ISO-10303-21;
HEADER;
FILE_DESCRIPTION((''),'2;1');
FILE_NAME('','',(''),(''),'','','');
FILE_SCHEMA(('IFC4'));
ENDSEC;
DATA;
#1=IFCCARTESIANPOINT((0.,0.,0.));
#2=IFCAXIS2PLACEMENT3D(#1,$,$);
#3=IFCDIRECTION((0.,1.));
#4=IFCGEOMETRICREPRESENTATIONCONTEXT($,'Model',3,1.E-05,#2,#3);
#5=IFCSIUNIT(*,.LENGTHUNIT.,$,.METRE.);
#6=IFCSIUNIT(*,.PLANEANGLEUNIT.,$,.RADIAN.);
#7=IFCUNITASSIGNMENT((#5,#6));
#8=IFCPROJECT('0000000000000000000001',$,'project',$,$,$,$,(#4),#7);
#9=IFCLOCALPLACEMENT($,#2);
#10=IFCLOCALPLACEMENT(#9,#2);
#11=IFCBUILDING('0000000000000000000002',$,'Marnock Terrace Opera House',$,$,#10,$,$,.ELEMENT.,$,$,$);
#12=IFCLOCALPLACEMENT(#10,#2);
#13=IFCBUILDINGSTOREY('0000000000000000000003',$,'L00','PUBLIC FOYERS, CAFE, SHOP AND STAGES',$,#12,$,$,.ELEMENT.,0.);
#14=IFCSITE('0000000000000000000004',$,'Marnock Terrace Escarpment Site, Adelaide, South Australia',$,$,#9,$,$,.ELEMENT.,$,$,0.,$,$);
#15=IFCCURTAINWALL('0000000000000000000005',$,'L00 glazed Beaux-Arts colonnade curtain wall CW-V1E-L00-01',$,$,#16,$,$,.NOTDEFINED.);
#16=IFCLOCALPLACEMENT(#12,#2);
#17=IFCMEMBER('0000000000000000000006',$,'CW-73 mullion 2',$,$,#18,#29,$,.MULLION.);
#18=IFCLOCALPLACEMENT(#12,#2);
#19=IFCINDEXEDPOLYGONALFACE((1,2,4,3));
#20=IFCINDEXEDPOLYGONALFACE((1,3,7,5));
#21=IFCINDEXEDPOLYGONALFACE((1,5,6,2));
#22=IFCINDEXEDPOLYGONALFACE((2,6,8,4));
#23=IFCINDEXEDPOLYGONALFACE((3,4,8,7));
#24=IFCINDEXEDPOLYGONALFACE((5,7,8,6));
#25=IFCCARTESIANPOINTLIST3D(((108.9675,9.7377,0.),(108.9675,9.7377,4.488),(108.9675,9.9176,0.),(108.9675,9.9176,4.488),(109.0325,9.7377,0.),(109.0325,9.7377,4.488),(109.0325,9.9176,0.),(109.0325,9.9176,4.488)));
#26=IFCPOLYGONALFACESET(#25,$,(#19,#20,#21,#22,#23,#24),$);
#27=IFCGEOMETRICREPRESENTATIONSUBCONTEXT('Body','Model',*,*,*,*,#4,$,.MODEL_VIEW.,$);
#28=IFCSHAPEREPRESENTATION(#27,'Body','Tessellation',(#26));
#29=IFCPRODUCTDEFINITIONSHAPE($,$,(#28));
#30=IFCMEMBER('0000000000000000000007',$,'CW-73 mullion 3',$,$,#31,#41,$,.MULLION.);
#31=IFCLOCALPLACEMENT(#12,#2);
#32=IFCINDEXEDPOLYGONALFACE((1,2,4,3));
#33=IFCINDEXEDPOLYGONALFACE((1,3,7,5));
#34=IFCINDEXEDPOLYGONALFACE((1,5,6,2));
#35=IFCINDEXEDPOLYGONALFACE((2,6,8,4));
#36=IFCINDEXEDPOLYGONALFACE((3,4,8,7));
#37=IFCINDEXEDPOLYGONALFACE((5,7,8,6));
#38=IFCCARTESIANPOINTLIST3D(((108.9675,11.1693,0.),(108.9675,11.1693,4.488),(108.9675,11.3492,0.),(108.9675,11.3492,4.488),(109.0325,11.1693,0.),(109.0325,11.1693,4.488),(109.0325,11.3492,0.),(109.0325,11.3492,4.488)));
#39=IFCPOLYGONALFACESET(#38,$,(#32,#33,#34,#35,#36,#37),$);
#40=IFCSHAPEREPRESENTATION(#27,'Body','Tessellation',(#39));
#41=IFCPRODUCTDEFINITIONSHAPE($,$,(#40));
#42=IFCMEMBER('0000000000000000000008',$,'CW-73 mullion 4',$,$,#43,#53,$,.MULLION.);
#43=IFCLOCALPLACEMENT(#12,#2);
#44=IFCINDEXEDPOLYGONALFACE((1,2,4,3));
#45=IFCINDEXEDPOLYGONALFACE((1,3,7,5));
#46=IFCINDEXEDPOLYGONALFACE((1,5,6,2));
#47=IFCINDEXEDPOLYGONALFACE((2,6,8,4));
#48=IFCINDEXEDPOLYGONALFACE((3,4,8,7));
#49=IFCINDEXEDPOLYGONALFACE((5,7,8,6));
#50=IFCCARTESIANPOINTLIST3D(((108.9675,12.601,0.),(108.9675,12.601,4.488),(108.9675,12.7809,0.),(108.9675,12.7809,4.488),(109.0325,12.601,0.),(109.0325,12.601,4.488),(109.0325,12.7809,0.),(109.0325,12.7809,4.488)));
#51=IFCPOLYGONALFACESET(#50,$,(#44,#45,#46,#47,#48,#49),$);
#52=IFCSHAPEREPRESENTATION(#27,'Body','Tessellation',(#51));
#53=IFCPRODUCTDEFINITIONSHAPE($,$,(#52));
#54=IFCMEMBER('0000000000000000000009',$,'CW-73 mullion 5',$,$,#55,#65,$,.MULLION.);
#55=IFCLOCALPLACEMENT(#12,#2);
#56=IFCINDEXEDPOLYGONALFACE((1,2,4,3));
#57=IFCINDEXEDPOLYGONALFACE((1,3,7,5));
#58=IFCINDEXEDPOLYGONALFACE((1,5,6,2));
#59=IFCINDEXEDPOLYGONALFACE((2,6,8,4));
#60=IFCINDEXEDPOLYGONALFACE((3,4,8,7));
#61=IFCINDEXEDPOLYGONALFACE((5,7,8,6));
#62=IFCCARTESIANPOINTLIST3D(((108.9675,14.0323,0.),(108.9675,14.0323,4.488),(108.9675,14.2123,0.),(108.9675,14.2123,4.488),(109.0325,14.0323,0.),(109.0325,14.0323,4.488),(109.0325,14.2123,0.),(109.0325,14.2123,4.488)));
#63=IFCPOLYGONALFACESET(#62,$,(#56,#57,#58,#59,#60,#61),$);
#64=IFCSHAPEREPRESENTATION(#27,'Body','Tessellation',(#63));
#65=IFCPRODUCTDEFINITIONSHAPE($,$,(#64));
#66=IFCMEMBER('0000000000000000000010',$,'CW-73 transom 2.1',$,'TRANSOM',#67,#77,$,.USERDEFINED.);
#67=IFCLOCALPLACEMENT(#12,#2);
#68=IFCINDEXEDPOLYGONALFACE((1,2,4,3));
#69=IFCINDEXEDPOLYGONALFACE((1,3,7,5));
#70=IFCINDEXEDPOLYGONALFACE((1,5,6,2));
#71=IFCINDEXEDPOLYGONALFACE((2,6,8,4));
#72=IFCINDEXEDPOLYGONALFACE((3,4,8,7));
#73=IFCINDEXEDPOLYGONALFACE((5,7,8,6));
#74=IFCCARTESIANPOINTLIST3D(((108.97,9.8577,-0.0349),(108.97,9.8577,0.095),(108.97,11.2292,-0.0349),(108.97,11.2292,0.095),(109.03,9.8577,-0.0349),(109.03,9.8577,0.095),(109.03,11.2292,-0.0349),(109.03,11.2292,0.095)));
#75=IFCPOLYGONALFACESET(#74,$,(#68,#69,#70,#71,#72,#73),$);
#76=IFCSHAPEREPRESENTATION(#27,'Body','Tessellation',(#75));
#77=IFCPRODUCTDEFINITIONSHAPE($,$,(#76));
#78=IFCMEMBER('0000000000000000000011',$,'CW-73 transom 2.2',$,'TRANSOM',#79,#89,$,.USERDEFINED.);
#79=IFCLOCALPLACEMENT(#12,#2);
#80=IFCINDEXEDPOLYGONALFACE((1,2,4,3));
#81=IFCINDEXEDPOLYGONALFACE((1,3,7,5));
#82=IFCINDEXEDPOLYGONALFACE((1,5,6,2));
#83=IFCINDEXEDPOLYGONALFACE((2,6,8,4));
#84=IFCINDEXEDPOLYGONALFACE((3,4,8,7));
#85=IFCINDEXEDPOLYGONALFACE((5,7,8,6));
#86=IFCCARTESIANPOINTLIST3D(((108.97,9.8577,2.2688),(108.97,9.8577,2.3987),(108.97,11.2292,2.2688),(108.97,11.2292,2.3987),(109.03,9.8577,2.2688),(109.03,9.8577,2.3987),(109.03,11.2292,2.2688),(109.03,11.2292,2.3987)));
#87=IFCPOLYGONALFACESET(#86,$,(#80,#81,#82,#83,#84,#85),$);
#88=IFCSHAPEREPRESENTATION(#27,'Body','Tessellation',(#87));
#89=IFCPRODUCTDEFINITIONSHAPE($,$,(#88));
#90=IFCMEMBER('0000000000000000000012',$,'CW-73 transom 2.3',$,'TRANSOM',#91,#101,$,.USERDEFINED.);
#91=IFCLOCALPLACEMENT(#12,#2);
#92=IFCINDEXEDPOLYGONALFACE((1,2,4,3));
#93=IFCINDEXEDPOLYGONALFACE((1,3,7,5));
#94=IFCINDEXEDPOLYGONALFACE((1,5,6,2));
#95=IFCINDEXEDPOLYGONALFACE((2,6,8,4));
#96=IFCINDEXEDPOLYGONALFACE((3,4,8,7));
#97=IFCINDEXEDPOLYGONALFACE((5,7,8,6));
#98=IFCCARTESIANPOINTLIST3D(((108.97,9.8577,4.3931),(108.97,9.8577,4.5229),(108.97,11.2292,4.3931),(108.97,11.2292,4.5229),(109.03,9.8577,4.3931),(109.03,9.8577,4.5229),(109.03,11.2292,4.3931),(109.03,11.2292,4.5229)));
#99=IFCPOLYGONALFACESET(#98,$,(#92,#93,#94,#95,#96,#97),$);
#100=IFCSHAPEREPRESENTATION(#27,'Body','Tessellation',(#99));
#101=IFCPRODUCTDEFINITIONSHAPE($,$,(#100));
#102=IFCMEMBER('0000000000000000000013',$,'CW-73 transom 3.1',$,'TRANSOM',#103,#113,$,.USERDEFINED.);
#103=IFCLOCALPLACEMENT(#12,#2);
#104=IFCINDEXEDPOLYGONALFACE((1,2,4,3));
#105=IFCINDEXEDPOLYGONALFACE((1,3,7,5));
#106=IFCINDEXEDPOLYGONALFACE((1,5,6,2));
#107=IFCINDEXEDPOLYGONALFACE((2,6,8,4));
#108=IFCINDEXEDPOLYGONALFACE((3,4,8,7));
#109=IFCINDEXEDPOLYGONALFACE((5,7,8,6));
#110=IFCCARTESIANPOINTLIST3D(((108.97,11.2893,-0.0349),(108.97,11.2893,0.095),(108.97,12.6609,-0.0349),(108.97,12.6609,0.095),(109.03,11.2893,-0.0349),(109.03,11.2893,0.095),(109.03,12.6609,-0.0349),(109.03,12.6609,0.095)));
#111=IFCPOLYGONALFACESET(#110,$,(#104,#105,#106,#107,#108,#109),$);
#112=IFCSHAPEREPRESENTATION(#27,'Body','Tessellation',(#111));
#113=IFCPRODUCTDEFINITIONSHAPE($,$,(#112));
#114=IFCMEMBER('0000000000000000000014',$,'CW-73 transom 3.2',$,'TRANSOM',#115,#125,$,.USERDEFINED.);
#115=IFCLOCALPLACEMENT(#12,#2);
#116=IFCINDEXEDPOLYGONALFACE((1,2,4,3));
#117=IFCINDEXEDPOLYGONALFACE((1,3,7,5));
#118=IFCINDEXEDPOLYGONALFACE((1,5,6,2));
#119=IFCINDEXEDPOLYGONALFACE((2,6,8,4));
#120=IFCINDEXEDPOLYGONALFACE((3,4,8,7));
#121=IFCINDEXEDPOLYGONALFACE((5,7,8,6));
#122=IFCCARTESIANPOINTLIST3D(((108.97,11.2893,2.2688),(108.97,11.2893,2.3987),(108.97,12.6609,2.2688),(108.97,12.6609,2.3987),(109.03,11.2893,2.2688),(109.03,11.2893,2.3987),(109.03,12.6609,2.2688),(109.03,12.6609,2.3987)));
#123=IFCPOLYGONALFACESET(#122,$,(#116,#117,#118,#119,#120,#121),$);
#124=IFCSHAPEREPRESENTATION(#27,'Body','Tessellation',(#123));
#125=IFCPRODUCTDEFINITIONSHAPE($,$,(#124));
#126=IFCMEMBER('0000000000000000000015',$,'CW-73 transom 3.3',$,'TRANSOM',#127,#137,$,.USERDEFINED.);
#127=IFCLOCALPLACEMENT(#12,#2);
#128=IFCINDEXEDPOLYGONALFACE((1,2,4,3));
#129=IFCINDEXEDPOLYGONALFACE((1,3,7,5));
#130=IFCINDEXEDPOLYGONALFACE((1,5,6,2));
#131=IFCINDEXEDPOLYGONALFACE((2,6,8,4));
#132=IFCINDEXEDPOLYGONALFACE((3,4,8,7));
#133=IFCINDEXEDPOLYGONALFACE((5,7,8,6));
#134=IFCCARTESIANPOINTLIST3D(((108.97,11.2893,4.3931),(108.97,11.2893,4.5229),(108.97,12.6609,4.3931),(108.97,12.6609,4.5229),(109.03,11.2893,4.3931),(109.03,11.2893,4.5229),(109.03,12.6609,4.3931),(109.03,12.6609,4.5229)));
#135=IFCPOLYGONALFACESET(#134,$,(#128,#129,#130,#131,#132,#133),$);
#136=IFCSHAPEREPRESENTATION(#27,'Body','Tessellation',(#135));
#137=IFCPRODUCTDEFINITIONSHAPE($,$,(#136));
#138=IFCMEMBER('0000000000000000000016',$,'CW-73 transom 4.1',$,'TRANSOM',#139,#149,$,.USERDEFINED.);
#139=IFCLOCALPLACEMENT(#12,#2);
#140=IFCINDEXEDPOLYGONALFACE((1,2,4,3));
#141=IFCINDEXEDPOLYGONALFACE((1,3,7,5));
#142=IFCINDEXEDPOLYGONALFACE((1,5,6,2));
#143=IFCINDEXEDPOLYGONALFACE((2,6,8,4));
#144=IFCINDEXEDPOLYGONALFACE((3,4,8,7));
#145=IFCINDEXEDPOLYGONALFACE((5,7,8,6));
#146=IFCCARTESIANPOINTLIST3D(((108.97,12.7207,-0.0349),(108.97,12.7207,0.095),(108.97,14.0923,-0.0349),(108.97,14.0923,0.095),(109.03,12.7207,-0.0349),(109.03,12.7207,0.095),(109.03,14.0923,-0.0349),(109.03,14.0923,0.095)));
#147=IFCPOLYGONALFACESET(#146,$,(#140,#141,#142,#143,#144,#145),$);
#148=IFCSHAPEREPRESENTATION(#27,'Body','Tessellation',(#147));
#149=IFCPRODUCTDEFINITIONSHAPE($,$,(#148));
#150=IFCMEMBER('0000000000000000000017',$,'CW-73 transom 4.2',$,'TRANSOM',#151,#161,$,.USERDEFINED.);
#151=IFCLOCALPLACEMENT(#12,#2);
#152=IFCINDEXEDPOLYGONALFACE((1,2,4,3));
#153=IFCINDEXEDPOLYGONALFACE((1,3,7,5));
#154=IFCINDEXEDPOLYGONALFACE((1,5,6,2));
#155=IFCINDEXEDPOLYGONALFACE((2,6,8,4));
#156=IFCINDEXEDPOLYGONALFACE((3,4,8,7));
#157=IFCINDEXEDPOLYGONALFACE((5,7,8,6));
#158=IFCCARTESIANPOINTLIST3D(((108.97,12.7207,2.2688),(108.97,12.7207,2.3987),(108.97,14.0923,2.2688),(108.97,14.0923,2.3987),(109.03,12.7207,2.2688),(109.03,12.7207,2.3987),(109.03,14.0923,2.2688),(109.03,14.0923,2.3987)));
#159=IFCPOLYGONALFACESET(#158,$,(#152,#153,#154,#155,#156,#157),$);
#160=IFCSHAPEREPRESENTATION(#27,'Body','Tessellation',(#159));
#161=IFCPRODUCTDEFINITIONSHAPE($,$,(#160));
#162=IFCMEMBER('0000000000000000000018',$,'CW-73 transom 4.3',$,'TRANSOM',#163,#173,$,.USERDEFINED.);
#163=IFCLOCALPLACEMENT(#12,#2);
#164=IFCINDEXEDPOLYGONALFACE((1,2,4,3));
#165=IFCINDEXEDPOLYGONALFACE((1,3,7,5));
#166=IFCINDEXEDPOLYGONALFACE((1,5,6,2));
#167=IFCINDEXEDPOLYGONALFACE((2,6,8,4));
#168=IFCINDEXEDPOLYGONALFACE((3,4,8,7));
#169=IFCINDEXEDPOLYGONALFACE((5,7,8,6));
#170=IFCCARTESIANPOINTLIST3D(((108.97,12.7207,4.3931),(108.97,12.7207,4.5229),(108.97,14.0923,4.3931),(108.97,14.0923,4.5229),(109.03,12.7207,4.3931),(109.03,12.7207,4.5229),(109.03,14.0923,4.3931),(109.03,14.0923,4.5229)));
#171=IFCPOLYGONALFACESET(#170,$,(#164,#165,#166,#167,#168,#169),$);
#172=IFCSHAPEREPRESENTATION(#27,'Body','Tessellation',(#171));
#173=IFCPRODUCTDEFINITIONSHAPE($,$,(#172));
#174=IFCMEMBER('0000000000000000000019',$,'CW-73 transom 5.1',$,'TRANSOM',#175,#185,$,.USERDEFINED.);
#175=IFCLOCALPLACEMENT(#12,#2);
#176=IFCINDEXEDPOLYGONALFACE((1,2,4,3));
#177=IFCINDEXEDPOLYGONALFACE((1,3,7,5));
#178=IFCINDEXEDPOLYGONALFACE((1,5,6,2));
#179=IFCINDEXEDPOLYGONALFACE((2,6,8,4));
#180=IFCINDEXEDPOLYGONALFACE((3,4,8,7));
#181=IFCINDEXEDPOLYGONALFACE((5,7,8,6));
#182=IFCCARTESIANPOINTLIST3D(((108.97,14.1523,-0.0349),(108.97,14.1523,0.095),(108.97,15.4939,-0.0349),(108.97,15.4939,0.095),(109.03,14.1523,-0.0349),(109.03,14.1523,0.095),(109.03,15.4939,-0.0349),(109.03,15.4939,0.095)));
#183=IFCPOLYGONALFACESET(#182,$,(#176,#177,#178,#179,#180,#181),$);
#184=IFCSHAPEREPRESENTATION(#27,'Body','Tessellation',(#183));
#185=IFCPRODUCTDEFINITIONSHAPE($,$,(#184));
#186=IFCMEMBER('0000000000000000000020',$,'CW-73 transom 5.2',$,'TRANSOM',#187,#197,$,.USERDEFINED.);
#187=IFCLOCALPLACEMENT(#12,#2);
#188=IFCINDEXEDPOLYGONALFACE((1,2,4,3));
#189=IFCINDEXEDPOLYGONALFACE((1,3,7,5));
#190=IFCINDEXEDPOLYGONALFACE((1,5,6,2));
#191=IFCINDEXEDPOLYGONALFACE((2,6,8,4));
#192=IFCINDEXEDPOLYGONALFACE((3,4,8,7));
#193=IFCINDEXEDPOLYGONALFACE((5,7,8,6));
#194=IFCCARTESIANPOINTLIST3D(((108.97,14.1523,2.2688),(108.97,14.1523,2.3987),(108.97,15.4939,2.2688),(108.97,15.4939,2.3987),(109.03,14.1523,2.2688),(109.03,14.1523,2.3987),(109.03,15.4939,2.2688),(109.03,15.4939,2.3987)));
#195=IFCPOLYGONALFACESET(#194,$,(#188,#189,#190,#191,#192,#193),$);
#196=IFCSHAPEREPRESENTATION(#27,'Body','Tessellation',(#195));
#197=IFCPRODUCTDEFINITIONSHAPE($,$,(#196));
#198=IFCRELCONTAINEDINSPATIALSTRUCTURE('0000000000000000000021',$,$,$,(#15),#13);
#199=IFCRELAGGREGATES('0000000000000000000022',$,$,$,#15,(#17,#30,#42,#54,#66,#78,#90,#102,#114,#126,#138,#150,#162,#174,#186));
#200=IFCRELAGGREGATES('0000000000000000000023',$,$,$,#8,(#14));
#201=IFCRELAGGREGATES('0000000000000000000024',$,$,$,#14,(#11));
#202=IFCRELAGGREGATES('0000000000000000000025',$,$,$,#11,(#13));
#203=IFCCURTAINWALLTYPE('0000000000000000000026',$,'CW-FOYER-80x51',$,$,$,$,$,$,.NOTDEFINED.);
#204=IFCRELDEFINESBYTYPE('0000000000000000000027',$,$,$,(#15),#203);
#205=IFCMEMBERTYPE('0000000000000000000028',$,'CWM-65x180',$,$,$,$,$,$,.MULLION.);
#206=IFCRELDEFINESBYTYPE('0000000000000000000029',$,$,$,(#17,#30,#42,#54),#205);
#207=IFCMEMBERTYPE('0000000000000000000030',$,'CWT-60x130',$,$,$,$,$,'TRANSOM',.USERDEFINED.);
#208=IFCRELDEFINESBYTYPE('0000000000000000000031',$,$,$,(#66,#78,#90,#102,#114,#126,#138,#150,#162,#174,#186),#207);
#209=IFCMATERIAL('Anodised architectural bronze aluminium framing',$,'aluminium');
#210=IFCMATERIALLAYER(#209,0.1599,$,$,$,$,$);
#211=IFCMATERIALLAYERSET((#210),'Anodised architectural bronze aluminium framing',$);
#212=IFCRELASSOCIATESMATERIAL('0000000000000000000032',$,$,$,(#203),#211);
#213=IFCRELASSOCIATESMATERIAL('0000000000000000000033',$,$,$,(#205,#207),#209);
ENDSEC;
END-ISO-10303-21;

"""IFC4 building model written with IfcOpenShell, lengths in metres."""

from ifc_helpers import new_model, si_unit, direction, frame, origin, origin_2d, place, context, subcontext, project, spatial, rectangle, extrude, material, layer, layer_set, material_profile, profile_set, type_object, element, aggregate, save


model = new_model("IFC4")

# Units and contexts
model_context = context("Model", 3, precision=1e-05, world=origin(), true_north=direction((0.0, 1.0)))
body_context = subcontext(model_context, "Body", "Model", "MODEL_VIEW")
ifc_project = project(units=[si_unit("LENGTHUNIT", "METRE"), si_unit("PLANEANGLEUNIT", "RADIAN")], contexts=[model_context])

# Site, building, storey
site_placement = place(None, origin())
site = spatial("IfcSite", under=ifc_project, at=site_placement, Name="Marnock Terrace Escarpment Site, Adelaide, South Australia", CompositionType="ELEMENT", RefElevation=0.0)
building_placement = place(site_placement, origin())
building = spatial("IfcBuilding", under=site, at=building_placement, Name="Marnock Terrace Opera House", CompositionType="ELEMENT")
storey_placement = place(building_placement, origin())
storey = spatial("IfcBuildingStorey", under=building, at=storey_placement, Name="L00", Description="PUBLIC FOYERS, CAFE, SHOP AND STAGES", CompositionType="ELEMENT", Elevation=0.0)

# Curtain wall, members
ifc_material_1 = material(Name="Anodised architectural bronze aluminium framing", Category="aluminium")
ifc_layer_1 = layer(ifc_material_1, 0.1599)
ifc_layer_set_1 = layer_set([ifc_layer_1], Name="Anodised architectural bronze aluminium framing")
curtain_wall_type = type_object("IfcCurtainWallType", Name="CW-FOYER-80x51", PredefinedType="NOTDEFINED", material=ifc_layer_set_1)
curtain_wall_placement = place(storey_placement, origin())
curtain_wall = element("IfcCurtainWall", 1, at=curtain_wall_placement, inside=storey, type_object=curtain_wall_type, Name="L00 glazed Beaux-Arts colonnade curtain wall CW-V1E-L00-01", PredefinedType="NOTDEFINED")
ifc_material_profile_1 = material_profile(ifc_material_1, rectangle(XDim=0.0649, YDim=0.1799, at=origin_2d()))
ifc_profile_set_1 = profile_set([ifc_material_profile_1], Name="Anodised architectural bronze aluminium framing")
member_type_1 = type_object("IfcMemberType", Name="CWM-65x180", PredefinedType="MULLION", material=ifc_profile_set_1)
member_1_placement = place(storey_placement, frame((109.0, 9.8276, 0.0), z_axis=(0.0, 0.0, 1.0), x_axis=(-1.0, 0.0, 0.0)))
member_1 = element("IfcMember", 2, at=member_1_placement, type_object=member_type_1, Name="CW-73 mullion 2", PredefinedType="MULLION", context=body_context, shape_type="SweptSolid", body=[
    extrude(rectangle(XDim=0.0649, YDim=0.1799, at=origin_2d()), origin(), (0.0, 0.0, 1.0), 4.488),
])
member_2_placement = place(storey_placement, frame((109.0, 11.2593, 0.0), z_axis=(0.0, 0.0, 1.0), x_axis=(-1.0, 0.0, 0.0)))
member_2 = element("IfcMember", 3, at=member_2_placement, type_object=member_type_1, Name="CW-73 mullion 3", PredefinedType="MULLION", context=body_context, shape_type="SweptSolid", body=[
    extrude(rectangle(XDim=0.0649, YDim=0.1799, at=origin_2d()), origin(), (0.0, 0.0, 1.0), 4.488),
])
member_3_placement = place(storey_placement, frame((109.0, 12.6909, 0.0), z_axis=(0.0, 0.0, 1.0), x_axis=(-1.0, 0.0, 0.0)))
member_3 = element("IfcMember", 4, at=member_3_placement, type_object=member_type_1, Name="CW-73 mullion 4", PredefinedType="MULLION", context=body_context, shape_type="SweptSolid", body=[
    extrude(rectangle(XDim=0.0649, YDim=0.1799, at=origin_2d()), origin(), (0.0, 0.0, 1.0), 4.488),
])
member_4_placement = place(storey_placement, frame((109.0, 14.1223, 0.0), z_axis=(0.0, 0.0, 1.0), x_axis=(-1.0, 0.0, 0.0)))
member_4 = element("IfcMember", 5, at=member_4_placement, type_object=member_type_1, Name="CW-73 mullion 5", PredefinedType="MULLION", context=body_context, shape_type="SweptSolid", body=[
    extrude(rectangle(XDim=0.0649, YDim=0.1799, at=origin_2d()), origin(), (0.0, 0.0, 1.0), 4.488),
])
ifc_material_profile_2 = material_profile(ifc_material_1, rectangle(XDim=0.0601, YDim=0.1299, at=origin_2d()))
ifc_profile_set_2 = profile_set([ifc_material_profile_2], Name="Anodised architectural bronze aluminium framing")
member_type_2 = type_object("IfcMemberType", Name="CWT-60x130", ElementType="TRANSOM", PredefinedType="USERDEFINED", material=ifc_profile_set_2)
member_5_placement = place(storey_placement, frame((109.0, 9.8577, 0.03), z_axis=(0.0, 1.0, 0.0), x_axis=(-1.0, 0.0, 0.0)))
member_5 = element("IfcMember", 6, at=member_5_placement, type_object=member_type_2, Name="CW-73 transom 2.1", ObjectType="TRANSOM", PredefinedType="USERDEFINED", context=body_context, shape_type="SweptSolid", body=[
    extrude(rectangle(XDim=0.0601, YDim=0.1299, at=origin_2d()), origin(), (0.0, 0.0, 1.0), 1.3716),
])
member_6_placement = place(storey_placement, frame((109.0, 9.8577, 2.3337), z_axis=(0.0, 1.0, 0.0), x_axis=(-1.0, 0.0, 0.0)))
member_6 = element("IfcMember", 7, at=member_6_placement, type_object=member_type_2, Name="CW-73 transom 2.2", ObjectType="TRANSOM", PredefinedType="USERDEFINED", context=body_context, shape_type="SweptSolid", body=[
    extrude(rectangle(XDim=0.0601, YDim=0.1299, at=origin_2d()), origin(), (0.0, 0.0, 1.0), 1.3716),
])
member_7_placement = place(storey_placement, frame((109.0, 9.8577, 4.458), z_axis=(0.0, 1.0, 0.0), x_axis=(-1.0, 0.0, 0.0)))
member_7 = element("IfcMember", 8, at=member_7_placement, type_object=member_type_2, Name="CW-73 transom 2.3", ObjectType="TRANSOM", PredefinedType="USERDEFINED", context=body_context, shape_type="SweptSolid", body=[
    extrude(rectangle(XDim=0.0601, YDim=0.1299, at=origin_2d()), origin(), (0.0, 0.0, 1.0), 1.3716),
])
member_8_placement = place(storey_placement, frame((109.0, 11.2893, 0.03), z_axis=(0.0, 1.0, 0.0), x_axis=(-1.0, 0.0, 0.0)))
member_8 = element("IfcMember", 9, at=member_8_placement, type_object=member_type_2, Name="CW-73 transom 3.1", ObjectType="TRANSOM", PredefinedType="USERDEFINED", context=body_context, shape_type="SweptSolid", body=[
    extrude(rectangle(XDim=0.0601, YDim=0.1299, at=origin_2d()), origin(), (0.0, 0.0, 1.0), 1.3716),
])
member_9_placement = place(storey_placement, frame((109.0, 11.2893, 2.3337), z_axis=(0.0, 1.0, 0.0), x_axis=(-1.0, 0.0, 0.0)))
member_9 = element("IfcMember", 10, at=member_9_placement, type_object=member_type_2, Name="CW-73 transom 3.2", ObjectType="TRANSOM", PredefinedType="USERDEFINED", context=body_context, shape_type="SweptSolid", body=[
    extrude(rectangle(XDim=0.0601, YDim=0.1299, at=origin_2d()), origin(), (0.0, 0.0, 1.0), 1.3716),
])
member_10_placement = place(storey_placement, frame((109.0, 11.2893, 4.458), z_axis=(0.0, 1.0, 0.0), x_axis=(-1.0, 0.0, 0.0)))
member_10 = element("IfcMember", 11, at=member_10_placement, type_object=member_type_2, Name="CW-73 transom 3.3", ObjectType="TRANSOM", PredefinedType="USERDEFINED", context=body_context, shape_type="SweptSolid", body=[
    extrude(rectangle(XDim=0.0601, YDim=0.1299, at=origin_2d()), origin(), (0.0, 0.0, 1.0), 1.3716),
])
member_11_placement = place(storey_placement, frame((109.0, 12.7207, 0.03), z_axis=(0.0, 1.0, 0.0), x_axis=(-1.0, 0.0, 0.0)))
member_11 = element("IfcMember", 12, at=member_11_placement, type_object=member_type_2, Name="CW-73 transom 4.1", ObjectType="TRANSOM", PredefinedType="USERDEFINED", context=body_context, shape_type="SweptSolid", body=[
    extrude(rectangle(XDim=0.0601, YDim=0.1299, at=origin_2d()), origin(), (0.0, 0.0, 1.0), 1.3716),
])
member_12_placement = place(storey_placement, frame((109.0, 12.7207, 2.3337), z_axis=(0.0, 1.0, 0.0), x_axis=(-1.0, 0.0, 0.0)))
member_12 = element("IfcMember", 13, at=member_12_placement, type_object=member_type_2, Name="CW-73 transom 4.2", ObjectType="TRANSOM", PredefinedType="USERDEFINED", context=body_context, shape_type="SweptSolid", body=[
    extrude(rectangle(XDim=0.0601, YDim=0.1299, at=origin_2d()), origin(), (0.0, 0.0, 1.0), 1.3716),
])
member_13_placement = place(storey_placement, frame((109.0, 12.7207, 4.458), z_axis=(0.0, 1.0, 0.0), x_axis=(-1.0, 0.0, 0.0)))
member_13 = element("IfcMember", 14, at=member_13_placement, type_object=member_type_2, Name="CW-73 transom 4.3", ObjectType="TRANSOM", PredefinedType="USERDEFINED", context=body_context, shape_type="SweptSolid", body=[
    extrude(rectangle(XDim=0.0601, YDim=0.1299, at=origin_2d()), origin(), (0.0, 0.0, 1.0), 1.3716),
])
member_14_placement = place(storey_placement, frame((109.0, 14.1523, 0.03), z_axis=(0.0, 1.0, 0.0), x_axis=(-1.0, 0.0, 0.0)))
member_14 = element("IfcMember", 15, at=member_14_placement, type_object=member_type_2, Name="CW-73 transom 5.1", ObjectType="TRANSOM", PredefinedType="USERDEFINED", context=body_context, shape_type="SweptSolid", body=[
    extrude(rectangle(XDim=0.0601, YDim=0.1299, at=origin_2d()), origin(), (0.0, 0.0, 1.0), 1.3416),
])
member_15_placement = place(storey_placement, frame((109.0, 14.1523, 2.3337), z_axis=(0.0, 1.0, 0.0), x_axis=(-1.0, 0.0, 0.0)))
member_15 = element("IfcMember", 16, at=member_15_placement, type_object=member_type_2, Name="CW-73 transom 5.2", ObjectType="TRANSOM", PredefinedType="USERDEFINED", context=body_context, shape_type="SweptSolid", body=[
    extrude(rectangle(XDim=0.0601, YDim=0.1299, at=origin_2d()), origin(), (0.0, 0.0, 1.0), 1.3416),
])
aggregate(curtain_wall, [member_1, member_2, member_3, member_4, member_5, member_6, member_7, member_8, member_9, member_10, member_11, member_12, member_13, member_14, member_15])

save(model, "model.ifc")
